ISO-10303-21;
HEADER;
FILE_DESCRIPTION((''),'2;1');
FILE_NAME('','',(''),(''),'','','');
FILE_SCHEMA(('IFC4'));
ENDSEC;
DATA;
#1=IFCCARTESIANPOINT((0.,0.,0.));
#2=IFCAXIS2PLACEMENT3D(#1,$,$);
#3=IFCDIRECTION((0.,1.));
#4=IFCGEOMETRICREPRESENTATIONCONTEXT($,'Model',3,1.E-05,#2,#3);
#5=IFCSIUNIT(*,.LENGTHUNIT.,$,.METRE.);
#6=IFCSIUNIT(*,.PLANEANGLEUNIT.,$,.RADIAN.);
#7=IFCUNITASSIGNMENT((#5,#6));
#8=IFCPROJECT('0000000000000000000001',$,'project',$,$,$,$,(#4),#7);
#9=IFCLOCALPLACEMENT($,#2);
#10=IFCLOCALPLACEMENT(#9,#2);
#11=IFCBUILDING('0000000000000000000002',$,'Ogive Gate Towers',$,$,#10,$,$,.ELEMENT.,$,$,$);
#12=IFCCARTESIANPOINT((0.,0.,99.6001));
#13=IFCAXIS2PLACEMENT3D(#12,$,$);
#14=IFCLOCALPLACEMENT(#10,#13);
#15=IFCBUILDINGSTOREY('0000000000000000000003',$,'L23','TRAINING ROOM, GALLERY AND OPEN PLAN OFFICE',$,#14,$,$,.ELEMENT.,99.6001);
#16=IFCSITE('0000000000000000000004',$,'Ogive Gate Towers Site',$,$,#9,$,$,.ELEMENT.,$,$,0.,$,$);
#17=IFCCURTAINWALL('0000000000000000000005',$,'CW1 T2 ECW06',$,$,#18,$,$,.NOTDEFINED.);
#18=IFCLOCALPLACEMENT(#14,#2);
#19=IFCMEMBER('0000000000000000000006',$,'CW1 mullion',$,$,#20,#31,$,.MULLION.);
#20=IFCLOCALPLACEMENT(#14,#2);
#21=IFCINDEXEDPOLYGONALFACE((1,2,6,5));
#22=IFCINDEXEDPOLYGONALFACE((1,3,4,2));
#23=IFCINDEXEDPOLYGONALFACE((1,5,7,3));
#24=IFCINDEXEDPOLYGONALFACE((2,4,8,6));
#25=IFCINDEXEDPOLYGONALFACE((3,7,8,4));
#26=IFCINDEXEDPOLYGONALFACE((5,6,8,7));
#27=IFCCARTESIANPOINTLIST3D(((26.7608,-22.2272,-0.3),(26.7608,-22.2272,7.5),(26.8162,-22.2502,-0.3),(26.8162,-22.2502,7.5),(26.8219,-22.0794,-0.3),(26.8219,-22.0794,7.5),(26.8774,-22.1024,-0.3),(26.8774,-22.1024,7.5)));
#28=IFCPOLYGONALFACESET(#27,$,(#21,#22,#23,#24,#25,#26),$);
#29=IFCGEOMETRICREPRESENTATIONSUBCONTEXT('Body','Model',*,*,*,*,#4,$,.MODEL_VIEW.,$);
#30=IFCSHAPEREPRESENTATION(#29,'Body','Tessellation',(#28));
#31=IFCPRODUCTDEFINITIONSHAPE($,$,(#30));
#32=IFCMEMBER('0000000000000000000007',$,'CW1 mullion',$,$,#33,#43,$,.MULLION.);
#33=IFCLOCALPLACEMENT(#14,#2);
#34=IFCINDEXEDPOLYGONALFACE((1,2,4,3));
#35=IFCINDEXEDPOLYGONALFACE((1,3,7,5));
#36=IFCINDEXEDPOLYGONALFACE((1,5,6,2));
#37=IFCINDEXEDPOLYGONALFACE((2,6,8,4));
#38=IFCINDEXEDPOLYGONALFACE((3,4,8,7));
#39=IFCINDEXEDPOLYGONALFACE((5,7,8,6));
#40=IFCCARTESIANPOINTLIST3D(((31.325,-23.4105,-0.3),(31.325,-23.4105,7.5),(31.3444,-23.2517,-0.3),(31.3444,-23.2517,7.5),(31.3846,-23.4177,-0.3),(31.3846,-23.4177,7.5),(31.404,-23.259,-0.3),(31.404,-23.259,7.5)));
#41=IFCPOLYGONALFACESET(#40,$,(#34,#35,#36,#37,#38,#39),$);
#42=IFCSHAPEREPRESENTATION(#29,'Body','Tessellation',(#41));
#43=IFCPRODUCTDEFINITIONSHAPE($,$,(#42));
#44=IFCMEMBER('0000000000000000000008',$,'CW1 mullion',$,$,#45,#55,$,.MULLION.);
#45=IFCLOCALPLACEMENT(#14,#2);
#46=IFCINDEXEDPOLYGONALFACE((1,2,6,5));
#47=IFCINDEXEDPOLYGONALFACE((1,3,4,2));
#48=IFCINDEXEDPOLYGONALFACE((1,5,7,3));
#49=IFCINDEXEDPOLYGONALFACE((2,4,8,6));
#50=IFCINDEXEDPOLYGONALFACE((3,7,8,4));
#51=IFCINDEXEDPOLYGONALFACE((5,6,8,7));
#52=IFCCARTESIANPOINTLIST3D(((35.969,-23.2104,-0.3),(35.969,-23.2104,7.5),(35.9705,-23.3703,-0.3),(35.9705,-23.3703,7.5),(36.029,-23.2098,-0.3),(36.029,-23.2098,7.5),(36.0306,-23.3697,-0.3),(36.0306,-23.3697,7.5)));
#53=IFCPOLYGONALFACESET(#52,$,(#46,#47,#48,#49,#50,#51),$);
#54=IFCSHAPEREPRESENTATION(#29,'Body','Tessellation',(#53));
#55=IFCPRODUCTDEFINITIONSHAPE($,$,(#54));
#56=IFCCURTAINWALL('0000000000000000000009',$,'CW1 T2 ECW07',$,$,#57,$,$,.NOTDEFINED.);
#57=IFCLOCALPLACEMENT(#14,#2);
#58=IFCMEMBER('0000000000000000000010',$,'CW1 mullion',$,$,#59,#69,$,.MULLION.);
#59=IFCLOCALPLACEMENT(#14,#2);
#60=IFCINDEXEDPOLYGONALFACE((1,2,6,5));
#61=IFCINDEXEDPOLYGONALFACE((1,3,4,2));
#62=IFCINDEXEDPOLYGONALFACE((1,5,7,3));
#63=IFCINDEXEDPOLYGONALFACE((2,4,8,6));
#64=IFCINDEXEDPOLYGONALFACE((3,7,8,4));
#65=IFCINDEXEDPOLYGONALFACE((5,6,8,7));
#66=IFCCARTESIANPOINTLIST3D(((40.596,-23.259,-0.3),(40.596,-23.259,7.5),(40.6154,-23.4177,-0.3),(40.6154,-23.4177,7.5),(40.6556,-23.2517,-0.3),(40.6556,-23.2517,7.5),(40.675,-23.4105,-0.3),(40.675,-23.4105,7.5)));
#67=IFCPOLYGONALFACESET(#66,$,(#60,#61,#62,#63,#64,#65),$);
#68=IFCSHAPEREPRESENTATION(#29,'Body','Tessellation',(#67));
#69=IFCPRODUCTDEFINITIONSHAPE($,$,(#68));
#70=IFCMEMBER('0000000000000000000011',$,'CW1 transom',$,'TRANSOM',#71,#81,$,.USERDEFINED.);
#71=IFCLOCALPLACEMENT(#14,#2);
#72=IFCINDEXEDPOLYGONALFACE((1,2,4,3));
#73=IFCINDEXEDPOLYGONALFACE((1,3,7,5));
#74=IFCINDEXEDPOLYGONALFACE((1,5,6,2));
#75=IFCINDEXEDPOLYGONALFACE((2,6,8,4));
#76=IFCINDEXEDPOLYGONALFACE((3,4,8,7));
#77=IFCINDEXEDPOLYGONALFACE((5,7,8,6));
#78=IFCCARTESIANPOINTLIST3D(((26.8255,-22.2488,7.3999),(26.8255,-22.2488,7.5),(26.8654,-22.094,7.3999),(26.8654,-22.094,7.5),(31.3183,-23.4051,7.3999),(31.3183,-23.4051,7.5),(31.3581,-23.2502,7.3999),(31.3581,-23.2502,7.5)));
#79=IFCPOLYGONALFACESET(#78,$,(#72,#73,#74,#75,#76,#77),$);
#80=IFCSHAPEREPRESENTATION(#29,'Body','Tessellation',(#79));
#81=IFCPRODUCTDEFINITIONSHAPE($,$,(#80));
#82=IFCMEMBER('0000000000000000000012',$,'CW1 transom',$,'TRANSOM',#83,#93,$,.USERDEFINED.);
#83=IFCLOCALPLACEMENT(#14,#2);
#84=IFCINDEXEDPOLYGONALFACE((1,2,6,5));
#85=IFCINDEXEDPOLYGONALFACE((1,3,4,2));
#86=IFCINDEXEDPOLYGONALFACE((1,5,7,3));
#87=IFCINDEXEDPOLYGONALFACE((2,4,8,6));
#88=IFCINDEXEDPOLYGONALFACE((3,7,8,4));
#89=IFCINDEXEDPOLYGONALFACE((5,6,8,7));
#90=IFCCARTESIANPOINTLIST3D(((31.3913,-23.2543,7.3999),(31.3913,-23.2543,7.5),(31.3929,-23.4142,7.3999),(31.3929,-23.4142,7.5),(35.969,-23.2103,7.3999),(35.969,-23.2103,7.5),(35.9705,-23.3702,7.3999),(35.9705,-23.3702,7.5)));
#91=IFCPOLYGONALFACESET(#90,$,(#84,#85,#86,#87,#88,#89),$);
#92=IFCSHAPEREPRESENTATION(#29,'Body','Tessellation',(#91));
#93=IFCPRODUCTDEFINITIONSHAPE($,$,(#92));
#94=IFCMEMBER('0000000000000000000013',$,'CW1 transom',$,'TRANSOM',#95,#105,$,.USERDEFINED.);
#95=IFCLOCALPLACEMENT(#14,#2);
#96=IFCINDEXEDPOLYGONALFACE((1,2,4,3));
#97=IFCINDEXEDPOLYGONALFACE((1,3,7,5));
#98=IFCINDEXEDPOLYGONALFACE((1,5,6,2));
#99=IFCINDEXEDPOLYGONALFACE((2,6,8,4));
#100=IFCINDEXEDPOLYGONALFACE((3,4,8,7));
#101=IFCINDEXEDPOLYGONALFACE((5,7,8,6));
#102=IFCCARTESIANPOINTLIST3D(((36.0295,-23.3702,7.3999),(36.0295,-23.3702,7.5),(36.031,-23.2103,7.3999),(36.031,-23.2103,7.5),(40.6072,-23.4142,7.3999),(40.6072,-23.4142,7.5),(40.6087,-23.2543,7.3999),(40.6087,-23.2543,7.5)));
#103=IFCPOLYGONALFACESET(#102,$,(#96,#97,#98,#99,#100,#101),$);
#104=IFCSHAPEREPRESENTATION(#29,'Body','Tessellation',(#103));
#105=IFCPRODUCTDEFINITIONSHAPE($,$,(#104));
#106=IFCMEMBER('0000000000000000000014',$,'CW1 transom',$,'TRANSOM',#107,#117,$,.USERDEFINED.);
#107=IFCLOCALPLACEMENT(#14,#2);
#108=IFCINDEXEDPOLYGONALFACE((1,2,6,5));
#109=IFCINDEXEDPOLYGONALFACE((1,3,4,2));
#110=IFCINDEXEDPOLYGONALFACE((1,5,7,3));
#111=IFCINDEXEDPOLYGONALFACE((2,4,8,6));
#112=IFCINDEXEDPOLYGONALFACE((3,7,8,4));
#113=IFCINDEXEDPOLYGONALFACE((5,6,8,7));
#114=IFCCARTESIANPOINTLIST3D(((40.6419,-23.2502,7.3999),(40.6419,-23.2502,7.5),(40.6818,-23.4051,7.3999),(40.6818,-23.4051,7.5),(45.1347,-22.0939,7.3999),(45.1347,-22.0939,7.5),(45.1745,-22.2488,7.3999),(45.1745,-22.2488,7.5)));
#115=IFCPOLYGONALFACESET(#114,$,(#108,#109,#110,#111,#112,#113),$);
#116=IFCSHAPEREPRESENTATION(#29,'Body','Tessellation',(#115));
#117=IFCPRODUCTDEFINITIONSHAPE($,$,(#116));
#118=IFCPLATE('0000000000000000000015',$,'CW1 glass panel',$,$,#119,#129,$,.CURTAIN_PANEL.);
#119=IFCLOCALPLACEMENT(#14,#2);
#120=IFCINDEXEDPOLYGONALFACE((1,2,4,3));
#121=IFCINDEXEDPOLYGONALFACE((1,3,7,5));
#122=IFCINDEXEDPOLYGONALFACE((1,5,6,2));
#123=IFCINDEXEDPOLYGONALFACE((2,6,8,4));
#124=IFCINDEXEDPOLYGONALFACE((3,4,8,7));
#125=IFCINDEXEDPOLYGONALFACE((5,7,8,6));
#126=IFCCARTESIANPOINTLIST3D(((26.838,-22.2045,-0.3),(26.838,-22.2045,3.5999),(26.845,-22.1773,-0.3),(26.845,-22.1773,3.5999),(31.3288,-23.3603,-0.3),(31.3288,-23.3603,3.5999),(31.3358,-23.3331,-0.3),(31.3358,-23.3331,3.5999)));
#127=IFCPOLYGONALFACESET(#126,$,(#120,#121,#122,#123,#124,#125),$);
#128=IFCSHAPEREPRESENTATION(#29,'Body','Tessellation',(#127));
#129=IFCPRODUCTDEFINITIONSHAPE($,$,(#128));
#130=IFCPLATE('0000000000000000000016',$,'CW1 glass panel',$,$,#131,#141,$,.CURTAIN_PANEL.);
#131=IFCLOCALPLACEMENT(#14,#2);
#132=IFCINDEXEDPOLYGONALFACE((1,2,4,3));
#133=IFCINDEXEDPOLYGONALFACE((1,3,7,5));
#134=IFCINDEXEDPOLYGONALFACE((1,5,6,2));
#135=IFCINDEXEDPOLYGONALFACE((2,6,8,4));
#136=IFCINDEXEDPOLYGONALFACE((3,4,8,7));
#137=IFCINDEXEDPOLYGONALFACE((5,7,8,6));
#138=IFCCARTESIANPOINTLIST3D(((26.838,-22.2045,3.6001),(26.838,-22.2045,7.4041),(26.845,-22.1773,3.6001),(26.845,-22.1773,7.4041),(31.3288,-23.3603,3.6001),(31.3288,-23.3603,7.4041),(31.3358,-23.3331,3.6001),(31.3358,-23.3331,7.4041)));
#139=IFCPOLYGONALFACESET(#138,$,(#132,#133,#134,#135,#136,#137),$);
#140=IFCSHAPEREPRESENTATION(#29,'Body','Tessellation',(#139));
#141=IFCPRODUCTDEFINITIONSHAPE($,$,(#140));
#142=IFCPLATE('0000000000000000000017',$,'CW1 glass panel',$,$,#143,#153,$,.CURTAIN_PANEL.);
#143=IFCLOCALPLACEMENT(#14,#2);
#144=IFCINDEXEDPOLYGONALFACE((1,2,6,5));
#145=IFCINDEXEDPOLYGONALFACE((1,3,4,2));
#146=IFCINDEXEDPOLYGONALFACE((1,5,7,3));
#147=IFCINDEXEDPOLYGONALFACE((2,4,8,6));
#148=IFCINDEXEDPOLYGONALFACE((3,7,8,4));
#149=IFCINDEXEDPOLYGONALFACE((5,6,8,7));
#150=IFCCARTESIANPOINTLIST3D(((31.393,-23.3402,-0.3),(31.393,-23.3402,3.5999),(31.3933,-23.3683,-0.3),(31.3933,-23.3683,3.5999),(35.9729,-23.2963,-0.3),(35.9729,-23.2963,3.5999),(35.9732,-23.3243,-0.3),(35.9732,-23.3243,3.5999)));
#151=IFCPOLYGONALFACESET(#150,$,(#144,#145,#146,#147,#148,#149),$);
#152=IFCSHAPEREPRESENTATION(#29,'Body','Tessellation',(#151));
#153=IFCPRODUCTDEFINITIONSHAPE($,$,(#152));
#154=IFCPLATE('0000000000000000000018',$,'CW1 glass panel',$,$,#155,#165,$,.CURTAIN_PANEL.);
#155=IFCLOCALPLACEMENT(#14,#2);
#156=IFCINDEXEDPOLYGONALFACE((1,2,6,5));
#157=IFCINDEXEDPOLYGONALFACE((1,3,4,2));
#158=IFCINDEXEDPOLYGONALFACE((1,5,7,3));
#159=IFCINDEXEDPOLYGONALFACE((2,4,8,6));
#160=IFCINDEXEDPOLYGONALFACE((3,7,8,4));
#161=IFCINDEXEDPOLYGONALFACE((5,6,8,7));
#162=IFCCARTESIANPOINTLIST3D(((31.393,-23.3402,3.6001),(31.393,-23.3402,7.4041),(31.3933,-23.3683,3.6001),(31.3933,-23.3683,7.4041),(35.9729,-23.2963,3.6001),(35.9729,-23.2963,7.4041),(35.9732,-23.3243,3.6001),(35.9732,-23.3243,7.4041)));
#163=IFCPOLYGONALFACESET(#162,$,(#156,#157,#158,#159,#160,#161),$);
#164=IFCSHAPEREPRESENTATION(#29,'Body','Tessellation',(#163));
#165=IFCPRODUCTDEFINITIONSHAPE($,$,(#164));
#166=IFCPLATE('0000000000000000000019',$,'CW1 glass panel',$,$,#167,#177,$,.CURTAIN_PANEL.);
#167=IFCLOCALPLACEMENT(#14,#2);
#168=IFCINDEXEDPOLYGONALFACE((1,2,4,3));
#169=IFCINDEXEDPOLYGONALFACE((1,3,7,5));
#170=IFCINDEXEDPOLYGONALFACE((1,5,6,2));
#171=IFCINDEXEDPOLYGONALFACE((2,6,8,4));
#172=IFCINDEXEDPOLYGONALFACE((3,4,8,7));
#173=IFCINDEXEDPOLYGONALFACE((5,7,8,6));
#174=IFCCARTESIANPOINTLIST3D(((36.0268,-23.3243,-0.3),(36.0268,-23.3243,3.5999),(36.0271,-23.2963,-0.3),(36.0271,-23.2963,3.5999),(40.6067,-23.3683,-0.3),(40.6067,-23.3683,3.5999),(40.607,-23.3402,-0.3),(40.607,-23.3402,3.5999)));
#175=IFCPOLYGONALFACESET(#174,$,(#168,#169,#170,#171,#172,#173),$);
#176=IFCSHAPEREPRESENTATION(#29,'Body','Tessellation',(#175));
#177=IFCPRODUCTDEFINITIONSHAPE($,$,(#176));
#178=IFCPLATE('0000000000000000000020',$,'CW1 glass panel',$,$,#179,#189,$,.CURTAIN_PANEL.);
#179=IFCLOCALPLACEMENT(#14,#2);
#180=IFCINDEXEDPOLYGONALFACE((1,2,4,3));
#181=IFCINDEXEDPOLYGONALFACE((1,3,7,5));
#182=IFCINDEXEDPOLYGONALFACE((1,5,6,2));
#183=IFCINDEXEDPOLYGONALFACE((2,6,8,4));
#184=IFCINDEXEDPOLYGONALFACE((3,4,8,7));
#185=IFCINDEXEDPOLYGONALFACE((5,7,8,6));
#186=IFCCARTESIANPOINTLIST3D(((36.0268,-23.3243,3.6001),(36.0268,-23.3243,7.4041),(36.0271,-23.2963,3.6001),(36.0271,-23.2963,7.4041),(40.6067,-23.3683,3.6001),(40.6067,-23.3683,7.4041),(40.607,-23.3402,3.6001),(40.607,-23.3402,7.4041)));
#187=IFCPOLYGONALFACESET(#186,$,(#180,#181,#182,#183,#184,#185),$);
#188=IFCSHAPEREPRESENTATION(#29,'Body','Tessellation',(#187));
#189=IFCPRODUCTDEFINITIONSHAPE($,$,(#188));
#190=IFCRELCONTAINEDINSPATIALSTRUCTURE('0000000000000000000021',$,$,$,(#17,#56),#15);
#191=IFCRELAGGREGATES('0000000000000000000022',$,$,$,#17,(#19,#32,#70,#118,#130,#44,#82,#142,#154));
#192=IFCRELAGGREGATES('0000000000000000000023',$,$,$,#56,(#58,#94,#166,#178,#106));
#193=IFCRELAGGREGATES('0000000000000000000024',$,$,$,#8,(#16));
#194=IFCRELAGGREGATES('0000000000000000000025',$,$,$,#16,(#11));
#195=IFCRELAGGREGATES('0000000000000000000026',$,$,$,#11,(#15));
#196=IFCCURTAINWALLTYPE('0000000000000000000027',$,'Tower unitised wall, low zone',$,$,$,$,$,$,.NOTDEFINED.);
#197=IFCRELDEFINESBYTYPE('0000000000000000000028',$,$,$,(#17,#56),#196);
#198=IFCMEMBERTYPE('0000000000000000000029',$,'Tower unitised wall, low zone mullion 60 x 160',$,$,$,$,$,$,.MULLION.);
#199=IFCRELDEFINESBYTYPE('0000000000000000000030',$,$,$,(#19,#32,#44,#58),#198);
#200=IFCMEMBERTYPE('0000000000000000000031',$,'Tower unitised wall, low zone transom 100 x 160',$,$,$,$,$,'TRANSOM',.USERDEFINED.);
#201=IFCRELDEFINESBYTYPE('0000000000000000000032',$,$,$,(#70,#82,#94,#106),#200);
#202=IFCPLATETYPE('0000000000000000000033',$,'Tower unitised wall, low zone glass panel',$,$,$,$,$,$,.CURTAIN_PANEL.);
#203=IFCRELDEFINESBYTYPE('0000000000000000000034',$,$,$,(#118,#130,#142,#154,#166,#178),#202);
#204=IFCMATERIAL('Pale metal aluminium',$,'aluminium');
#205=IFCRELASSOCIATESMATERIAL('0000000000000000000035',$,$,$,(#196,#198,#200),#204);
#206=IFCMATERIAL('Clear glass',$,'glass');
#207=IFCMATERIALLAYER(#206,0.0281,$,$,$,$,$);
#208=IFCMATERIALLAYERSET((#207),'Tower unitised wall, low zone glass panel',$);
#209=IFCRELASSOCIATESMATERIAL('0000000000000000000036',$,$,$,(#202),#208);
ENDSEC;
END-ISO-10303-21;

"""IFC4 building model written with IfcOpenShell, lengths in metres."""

from ifc_helpers import new_model, si_unit, direction, frame, origin, origin_2d, place, context, subcontext, project, spatial, rectangle, extrude, material, layer, layer_set, material_profile, profile_set, type_object, element, aggregate, save


model = new_model("IFC4")

# Units and contexts
model_context = context("Model", 3, precision=1e-05, world=origin(), true_north=direction((0.0, 1.0)))
body_context = subcontext(model_context, "Body", "Model", "MODEL_VIEW")
ifc_project = project(units=[si_unit("LENGTHUNIT", "METRE"), si_unit("PLANEANGLEUNIT", "RADIAN")], contexts=[model_context])

# Site, building, storey
site_placement = place(None, origin())
site = spatial("IfcSite", under=ifc_project, at=site_placement, Name="Ogive Gate Towers Site", CompositionType="ELEMENT", RefElevation=0.0)
building_placement = place(site_placement, origin())
building = spatial("IfcBuilding", under=site, at=building_placement, Name="Ogive Gate Towers", CompositionType="ELEMENT")
storey_placement = place(building_placement, frame((0.0, 0.0, 99.6001)))
storey = spatial("IfcBuildingStorey", under=building, at=storey_placement, Name="L23", Description="TRAINING ROOM, GALLERY AND OPEN PLAN OFFICE", CompositionType="ELEMENT", Elevation=99.6001)

# Curtain wall, members
ifc_material_1 = material(Name="Pale metal aluminium", Category="aluminium")
curtain_wall_type = type_object("IfcCurtainWallType", Name="Tower unitised wall, low zone", PredefinedType="NOTDEFINED", material=ifc_material_1)
curtain_wall_1_placement = place(storey_placement, origin())
curtain_wall_1 = element("IfcCurtainWall", 1, at=curtain_wall_1_placement, inside=storey, type_object=curtain_wall_type, Name="CW1 T2 ECW06", PredefinedType="NOTDEFINED")
ifc_material_profile_1 = material_profile(ifc_material_1, rectangle(XDim=0.1599, YDim=0.0601, at=origin_2d()), Name="60 x 160 aluminium box")
ifc_profile_set_1 = profile_set([ifc_material_profile_1], Name="Pale metal aluminium")
member_type_1 = type_object("IfcMemberType", Name="Tower unitised wall, low zone mullion 60 x 160", PredefinedType="MULLION", material=ifc_profile_set_1)
member_1_placement = place(storey_placement, frame((26.8191, -22.1648, -0.3), z_axis=(0.0, 0.0, 1.0), x_axis=(-0.382683, -0.92388, 0.0)))
member_1 = element("IfcMember", 2, at=member_1_placement, type_object=member_type_1, Name="CW1 mullion", PredefinedType="MULLION", context=body_context, shape_type="SweptSolid", body=[
    extrude(rectangle(XDim=0.1599, YDim=0.0601, at=origin_2d()), origin(), (0.0, 0.0, 1.0), 7.8),
])
member_2_placement = place(storey_placement, frame((31.3645, -23.3347, -0.3), z_axis=(0.0, 0.0, 1.0), x_axis=(-0.120847, -0.992671, 0.0)))
member_2 = element("IfcMember", 3, at=member_2_placement, type_object=member_type_1, Name="CW1 mullion", PredefinedType="MULLION", context=body_context, shape_type="SweptSolid", body=[
    extrude(rectangle(XDim=0.1599, YDim=0.0601, at=origin_2d()), origin(), (0.0, 0.0, 1.0), 7.8),
])
member_3_placement = place(storey_placement, frame((35.9998, -23.29, -0.3), z_axis=(0.0, 0.0, 1.0), x_axis=(0.009599, -0.999954, 0.0)))
member_3 = element("IfcMember", 4, at=member_3_placement, type_object=member_type_1, Name="CW1 mullion", PredefinedType="MULLION", context=body_context, shape_type="SweptSolid", body=[
    extrude(rectangle(XDim=0.1599, YDim=0.0601, at=origin_2d()), origin(), (0.0, 0.0, 1.0), 7.8),
])

# Curtain wall, member
curtain_wall_2_placement = place(storey_placement, origin())
curtain_wall_2 = element("IfcCurtainWall", 5, at=curtain_wall_2_placement, inside=storey, type_object=curtain_wall_type, Name="CW1 T2 ECW07", PredefinedType="NOTDEFINED")
member_4_placement = place(storey_placement, frame((40.6355, -23.3347, -0.3), z_axis=(0.0, 0.0, 1.0), x_axis=(0.120847, -0.992671, 0.0)))
member_4 = element("IfcMember", 6, at=member_4_placement, type_object=member_type_1, Name="CW1 mullion", PredefinedType="MULLION", context=body_context, shape_type="SweptSolid", body=[
    extrude(rectangle(XDim=0.1599, YDim=0.0601, at=origin_2d()), origin(), (0.0, 0.0, 1.0), 7.8),
])

# Members
ifc_material_profile_2 = material_profile(ifc_material_1, rectangle(XDim=0.1599, YDim=0.1001, at=origin_2d()), Name="100 x 160 aluminium box")
ifc_profile_set_2 = profile_set([ifc_material_profile_2], Name="Pale metal aluminium")
member_type_2 = type_object("IfcMemberType", Name="Tower unitised wall, low zone transom 100 x 160", ElementType="TRANSOM", PredefinedType="USERDEFINED", material=ifc_profile_set_2)
member_5_placement = place(storey_placement, frame((26.8455, -22.1714, 7.45), z_axis=(0.968441, -0.249241, 0.0), x_axis=(0.249241, 0.968441, 0.0)))
member_5 = element("IfcMember", 7, at=member_5_placement, type_object=member_type_2, Name="CW1 transom", ObjectType="TRANSOM", PredefinedType="USERDEFINED", context=body_context, shape_type="SweptSolid", body=[
    extrude(rectangle(XDim=0.1599, YDim=0.1001, at=origin_2d()), origin(), (0.0, 0.0, 1.0), 4.6392),
])
member_6_placement = place(storey_placement, frame((31.3921, -23.3342, 7.45), z_axis=(0.999954, 0.0096, 0.0), x_axis=(-0.0096, 0.999954, 0.0)))
member_6 = element("IfcMember", 8, at=member_6_placement, type_object=member_type_2, Name="CW1 transom", ObjectType="TRANSOM", PredefinedType="USERDEFINED", context=body_context, shape_type="SweptSolid", body=[
    extrude(rectangle(XDim=0.1599, YDim=0.1001, at=origin_2d()), origin(), (0.0, 0.0, 1.0), 4.5779),
])
member_7_placement = place(storey_placement, frame((36.0303, -23.2903, 7.45), z_axis=(0.999954, -0.0096, 0.0), x_axis=(0.0096, 0.999954, 0.0)))
member_7 = element("IfcMember", 9, at=member_7_placement, type_object=member_type_2, Name="CW1 transom", ObjectType="TRANSOM", PredefinedType="USERDEFINED", context=body_context, shape_type="SweptSolid", body=[
    extrude(rectangle(XDim=0.1599, YDim=0.1001, at=origin_2d()), origin(), (0.0, 0.0, 1.0), 4.5779),
])
member_8_placement = place(storey_placement, frame((40.6619, -23.3276, 7.45), z_axis=(0.968441, 0.249241, 0.0), x_axis=(-0.249241, 0.968441, 0.0)))
member_8 = element("IfcMember", 10, at=member_8_placement, type_object=member_type_2, Name="CW1 transom", ObjectType="TRANSOM", PredefinedType="USERDEFINED", context=body_context, shape_type="SweptSolid", body=[
    extrude(rectangle(XDim=0.1599, YDim=0.1001, at=origin_2d()), origin(), (0.0, 0.0, 1.0), 4.6392),
])

# Plates
ifc_material_2 = material(Name="Clear glass", Category="glass")
ifc_layer_1 = layer(ifc_material_2, 0.0281)
ifc_layer_set_1 = layer_set([ifc_layer_1], Name="Tower unitised wall, low zone glass panel")
plate_type = type_object("IfcPlateType", Name="Tower unitised wall, low zone glass panel", PredefinedType="CURTAIN_PANEL", material=ifc_layer_set_1)
plate_1_placement = place(storey_placement, frame((29.0869, -22.7688, -0.3), z_axis=(0.0, 0.0, 1.0), x_axis=(0.96844, -0.249248, 0.0)))
plate_1 = element("IfcPlate", 11, at=plate_1_placement, type_object=plate_type, Name="CW1 glass panel", PredefinedType="CURTAIN_PANEL", context=body_context, shape_type="SweptSolid", body=[
    extrude(rectangle(XDim=4.6372, YDim=0.0281, at=origin_2d()), origin(), (0.0, 0.0, 1.0), 3.8999),
])
plate_2_placement = place(storey_placement, frame((29.0869, -22.7688, 3.6001), z_axis=(0.0, 0.0, 1.0), x_axis=(0.96844, -0.249248, 0.0)))
plate_2 = element("IfcPlate", 12, at=plate_2_placement, type_object=plate_type, Name="CW1 glass panel", PredefinedType="CURTAIN_PANEL", context=body_context, shape_type="SweptSolid", body=[
    extrude(rectangle(XDim=4.6372, YDim=0.0281, at=origin_2d()), origin(), (0.0, 0.0, 1.0), 3.804),
])
plate_3_placement = place(storey_placement, frame((33.6831, -23.3323, -0.3), z_axis=(0.0, 0.0, 1.0), x_axis=(0.999954, 0.009599, 0.0)))
plate_3 = element("IfcPlate", 13, at=plate_3_placement, type_object=plate_type, Name="CW1 glass panel", PredefinedType="CURTAIN_PANEL", context=body_context, shape_type="SweptSolid", body=[
    extrude(rectangle(XDim=4.5801, YDim=0.0281, at=origin_2d()), origin(), (0.0, 0.0, 1.0), 3.8999),
])
plate_4_placement = place(storey_placement, frame((33.6831, -23.3323, 3.6001), z_axis=(0.0, 0.0, 1.0), x_axis=(0.999954, 0.009599, 0.0)))
plate_4 = element("IfcPlate", 14, at=plate_4_placement, type_object=plate_type, Name="CW1 glass panel", PredefinedType="CURTAIN_PANEL", context=body_context, shape_type="SweptSolid", body=[
    extrude(rectangle(XDim=4.5801, YDim=0.0281, at=origin_2d()), origin(), (0.0, 0.0, 1.0), 3.804),
])
aggregate(curtain_wall_1, [member_1, member_2, member_5, plate_1, plate_2, member_3, member_6, plate_3, plate_4])
plate_5_placement = place(storey_placement, frame((38.3169, -23.3323, -0.3), z_axis=(0.0, 0.0, 1.0), x_axis=(0.999954, -0.009599, 0.0)))
plate_5 = element("IfcPlate", 15, at=plate_5_placement, type_object=plate_type, Name="CW1 glass panel", PredefinedType="CURTAIN_PANEL", context=body_context, shape_type="SweptSolid", body=[
    extrude(rectangle(XDim=4.5801, YDim=0.0281, at=origin_2d()), origin(), (0.0, 0.0, 1.0), 3.8999),
])
plate_6_placement = place(storey_placement, frame((38.3169, -23.3323, 3.6001), z_axis=(0.0, 0.0, 1.0), x_axis=(0.999954, -0.009599, 0.0)))
plate_6 = element("IfcPlate", 16, at=plate_6_placement, type_object=plate_type, Name="CW1 glass panel", PredefinedType="CURTAIN_PANEL", context=body_context, shape_type="SweptSolid", body=[
    extrude(rectangle(XDim=4.5801, YDim=0.0281, at=origin_2d()), origin(), (0.0, 0.0, 1.0), 3.804),
])
aggregate(curtain_wall_2, [member_4, member_7, plate_5, plate_6, member_8])

save(model, "model.ifc")
